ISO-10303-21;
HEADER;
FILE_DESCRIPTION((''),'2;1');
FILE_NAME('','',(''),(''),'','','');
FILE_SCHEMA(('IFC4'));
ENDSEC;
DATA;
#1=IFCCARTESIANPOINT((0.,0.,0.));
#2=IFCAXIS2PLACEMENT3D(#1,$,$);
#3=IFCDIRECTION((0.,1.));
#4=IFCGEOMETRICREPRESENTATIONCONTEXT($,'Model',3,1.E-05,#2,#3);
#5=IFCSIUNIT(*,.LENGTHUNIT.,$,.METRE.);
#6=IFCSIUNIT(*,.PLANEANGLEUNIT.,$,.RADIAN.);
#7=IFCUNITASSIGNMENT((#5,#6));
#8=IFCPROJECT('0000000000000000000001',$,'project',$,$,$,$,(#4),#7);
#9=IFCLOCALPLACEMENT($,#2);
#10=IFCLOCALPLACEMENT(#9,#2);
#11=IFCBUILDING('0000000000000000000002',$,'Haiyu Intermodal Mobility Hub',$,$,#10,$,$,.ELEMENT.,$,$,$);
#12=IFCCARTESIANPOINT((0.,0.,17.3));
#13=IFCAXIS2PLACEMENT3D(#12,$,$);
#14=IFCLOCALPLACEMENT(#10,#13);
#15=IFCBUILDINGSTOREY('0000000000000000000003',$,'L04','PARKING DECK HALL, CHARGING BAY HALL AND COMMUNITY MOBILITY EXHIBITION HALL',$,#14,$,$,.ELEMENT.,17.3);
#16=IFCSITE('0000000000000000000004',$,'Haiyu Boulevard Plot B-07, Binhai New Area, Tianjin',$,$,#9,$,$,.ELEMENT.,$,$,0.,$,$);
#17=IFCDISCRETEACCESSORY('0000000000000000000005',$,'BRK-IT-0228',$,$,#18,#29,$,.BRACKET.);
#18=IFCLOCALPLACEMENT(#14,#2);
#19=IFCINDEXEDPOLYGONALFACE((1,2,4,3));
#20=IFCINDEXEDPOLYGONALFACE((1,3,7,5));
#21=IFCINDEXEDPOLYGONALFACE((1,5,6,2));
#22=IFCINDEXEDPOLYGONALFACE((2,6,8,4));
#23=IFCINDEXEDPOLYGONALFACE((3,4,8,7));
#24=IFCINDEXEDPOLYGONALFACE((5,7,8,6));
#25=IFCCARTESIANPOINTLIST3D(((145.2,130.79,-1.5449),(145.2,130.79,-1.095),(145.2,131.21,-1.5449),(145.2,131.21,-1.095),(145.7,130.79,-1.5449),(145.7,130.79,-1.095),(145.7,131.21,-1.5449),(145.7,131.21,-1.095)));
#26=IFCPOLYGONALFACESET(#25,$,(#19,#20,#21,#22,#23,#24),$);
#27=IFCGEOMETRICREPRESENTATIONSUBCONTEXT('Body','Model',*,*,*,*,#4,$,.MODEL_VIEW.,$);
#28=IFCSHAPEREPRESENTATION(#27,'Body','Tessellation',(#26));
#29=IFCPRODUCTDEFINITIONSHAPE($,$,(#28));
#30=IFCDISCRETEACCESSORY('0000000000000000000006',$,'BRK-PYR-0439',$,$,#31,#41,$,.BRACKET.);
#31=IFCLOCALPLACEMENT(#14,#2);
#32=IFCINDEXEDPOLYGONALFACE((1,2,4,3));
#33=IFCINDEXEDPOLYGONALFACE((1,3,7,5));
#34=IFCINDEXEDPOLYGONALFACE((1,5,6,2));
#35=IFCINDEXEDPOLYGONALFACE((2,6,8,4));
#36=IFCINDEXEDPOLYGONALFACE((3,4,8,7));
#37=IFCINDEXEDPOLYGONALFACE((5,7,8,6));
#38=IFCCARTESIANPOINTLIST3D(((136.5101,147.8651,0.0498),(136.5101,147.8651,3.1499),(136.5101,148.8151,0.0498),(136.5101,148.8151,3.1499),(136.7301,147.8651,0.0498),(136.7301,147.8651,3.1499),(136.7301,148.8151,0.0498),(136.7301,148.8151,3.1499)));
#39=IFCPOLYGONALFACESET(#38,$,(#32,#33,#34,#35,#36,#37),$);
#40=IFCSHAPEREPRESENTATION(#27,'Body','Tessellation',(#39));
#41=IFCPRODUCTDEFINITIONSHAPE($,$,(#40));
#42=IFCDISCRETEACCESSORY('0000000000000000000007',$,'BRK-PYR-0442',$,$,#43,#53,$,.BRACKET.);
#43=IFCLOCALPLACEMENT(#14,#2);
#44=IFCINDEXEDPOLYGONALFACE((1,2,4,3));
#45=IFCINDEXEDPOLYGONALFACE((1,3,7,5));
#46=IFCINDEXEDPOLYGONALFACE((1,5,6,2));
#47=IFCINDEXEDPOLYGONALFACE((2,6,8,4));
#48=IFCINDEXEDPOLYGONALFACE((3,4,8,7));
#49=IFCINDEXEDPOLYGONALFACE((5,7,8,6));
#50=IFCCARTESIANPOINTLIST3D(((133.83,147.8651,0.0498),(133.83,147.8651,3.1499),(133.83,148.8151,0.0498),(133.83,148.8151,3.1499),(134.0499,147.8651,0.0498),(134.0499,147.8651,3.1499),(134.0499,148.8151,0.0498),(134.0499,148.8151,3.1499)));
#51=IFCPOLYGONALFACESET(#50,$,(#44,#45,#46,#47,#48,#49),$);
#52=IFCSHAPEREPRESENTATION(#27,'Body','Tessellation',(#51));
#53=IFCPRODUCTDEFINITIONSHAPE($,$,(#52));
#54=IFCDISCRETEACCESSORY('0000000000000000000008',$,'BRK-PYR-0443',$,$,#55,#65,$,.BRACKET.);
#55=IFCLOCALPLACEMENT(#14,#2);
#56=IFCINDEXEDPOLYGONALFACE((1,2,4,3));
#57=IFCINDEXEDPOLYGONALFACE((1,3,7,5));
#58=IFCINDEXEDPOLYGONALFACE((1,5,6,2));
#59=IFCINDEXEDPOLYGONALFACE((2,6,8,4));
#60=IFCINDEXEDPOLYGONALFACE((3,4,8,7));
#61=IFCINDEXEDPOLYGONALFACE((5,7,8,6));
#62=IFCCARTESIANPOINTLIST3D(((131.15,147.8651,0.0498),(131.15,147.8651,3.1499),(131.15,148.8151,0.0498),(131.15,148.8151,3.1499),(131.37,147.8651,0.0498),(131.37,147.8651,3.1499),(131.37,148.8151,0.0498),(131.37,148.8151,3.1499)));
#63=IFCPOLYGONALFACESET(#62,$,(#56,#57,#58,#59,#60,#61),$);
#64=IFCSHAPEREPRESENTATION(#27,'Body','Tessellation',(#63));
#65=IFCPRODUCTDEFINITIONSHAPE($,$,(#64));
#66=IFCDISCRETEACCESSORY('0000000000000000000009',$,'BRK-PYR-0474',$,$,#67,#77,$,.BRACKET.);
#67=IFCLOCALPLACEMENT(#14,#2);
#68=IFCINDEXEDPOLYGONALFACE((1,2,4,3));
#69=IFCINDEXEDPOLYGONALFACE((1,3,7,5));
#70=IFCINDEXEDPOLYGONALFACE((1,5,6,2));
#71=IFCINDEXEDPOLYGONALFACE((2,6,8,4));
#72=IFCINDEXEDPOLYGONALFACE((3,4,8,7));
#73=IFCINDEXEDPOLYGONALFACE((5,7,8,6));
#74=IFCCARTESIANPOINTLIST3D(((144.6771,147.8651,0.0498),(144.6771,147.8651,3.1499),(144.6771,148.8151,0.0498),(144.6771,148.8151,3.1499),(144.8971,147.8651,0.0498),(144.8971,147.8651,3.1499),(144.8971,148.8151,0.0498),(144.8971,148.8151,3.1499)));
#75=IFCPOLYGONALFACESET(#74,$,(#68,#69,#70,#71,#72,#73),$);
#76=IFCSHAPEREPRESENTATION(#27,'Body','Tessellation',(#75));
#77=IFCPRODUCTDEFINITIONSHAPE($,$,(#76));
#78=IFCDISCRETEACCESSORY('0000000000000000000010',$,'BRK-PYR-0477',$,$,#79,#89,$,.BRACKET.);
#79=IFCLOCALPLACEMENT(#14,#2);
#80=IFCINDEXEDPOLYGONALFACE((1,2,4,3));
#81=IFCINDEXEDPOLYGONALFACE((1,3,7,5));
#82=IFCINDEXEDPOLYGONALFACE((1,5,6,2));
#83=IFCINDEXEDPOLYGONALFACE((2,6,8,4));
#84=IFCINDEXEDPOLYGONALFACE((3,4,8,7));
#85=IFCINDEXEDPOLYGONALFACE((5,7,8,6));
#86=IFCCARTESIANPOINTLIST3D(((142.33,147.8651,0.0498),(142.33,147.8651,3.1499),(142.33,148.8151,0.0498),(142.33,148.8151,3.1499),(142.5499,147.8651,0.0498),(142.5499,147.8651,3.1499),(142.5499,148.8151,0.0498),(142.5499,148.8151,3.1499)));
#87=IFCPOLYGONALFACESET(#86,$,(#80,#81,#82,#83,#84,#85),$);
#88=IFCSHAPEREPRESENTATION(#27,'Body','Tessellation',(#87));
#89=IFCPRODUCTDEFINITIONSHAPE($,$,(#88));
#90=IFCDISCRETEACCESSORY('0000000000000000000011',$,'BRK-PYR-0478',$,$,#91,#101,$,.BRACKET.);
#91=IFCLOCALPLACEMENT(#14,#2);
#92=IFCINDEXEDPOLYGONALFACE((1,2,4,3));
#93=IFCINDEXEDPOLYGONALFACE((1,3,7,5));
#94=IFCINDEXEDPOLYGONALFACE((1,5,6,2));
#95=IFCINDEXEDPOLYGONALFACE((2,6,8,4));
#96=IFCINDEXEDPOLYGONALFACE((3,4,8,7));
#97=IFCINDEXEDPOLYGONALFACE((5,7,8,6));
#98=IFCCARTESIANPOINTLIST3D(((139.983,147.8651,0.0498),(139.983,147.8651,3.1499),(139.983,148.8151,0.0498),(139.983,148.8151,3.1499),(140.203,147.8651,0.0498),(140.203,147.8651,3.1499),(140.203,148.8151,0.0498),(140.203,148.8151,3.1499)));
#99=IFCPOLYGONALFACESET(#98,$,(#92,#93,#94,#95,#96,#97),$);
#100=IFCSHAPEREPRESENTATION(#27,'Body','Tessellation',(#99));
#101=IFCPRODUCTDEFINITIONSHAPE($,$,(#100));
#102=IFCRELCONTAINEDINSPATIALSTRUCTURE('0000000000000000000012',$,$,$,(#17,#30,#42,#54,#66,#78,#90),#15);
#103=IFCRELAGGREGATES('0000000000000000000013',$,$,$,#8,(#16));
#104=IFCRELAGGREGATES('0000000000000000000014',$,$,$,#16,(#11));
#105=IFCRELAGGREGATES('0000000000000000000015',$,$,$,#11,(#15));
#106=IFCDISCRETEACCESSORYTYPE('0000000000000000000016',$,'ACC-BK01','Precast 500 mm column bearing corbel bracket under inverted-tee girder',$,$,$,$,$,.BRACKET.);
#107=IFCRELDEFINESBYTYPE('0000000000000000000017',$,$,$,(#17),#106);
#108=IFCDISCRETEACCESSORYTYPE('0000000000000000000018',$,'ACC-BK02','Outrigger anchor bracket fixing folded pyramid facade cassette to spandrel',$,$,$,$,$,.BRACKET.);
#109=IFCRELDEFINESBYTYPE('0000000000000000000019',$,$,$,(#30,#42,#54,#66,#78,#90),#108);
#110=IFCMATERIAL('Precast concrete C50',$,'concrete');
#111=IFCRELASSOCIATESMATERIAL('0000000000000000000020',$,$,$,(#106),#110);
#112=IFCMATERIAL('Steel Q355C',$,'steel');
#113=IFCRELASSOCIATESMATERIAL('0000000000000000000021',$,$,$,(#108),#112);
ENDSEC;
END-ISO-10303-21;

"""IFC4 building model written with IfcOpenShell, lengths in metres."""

from ifc_helpers import new_model, si_unit, direction, frame, origin, origin_2d, place, context, subcontext, project, spatial, rectangle, extrude, material, type_object, element, save


model = new_model("IFC4")

# Units and contexts
model_context = context("Model", 3, precision=1e-05, world=origin(), true_north=direction((0.0, 1.0)))
body_context = subcontext(model_context, "Body", "Model", "MODEL_VIEW")
ifc_project = project(units=[si_unit("LENGTHUNIT", "METRE"), si_unit("PLANEANGLEUNIT", "RADIAN")], contexts=[model_context])

# Site, building, storey
site_placement = place(None, origin())
site = spatial("IfcSite", under=ifc_project, at=site_placement, Name="Haiyu Boulevard Plot B-07, Binhai New Area, Tianjin", CompositionType="ELEMENT", RefElevation=0.0)
building_placement = place(site_placement, origin())
building = spatial("IfcBuilding", under=site, at=building_placement, Name="Haiyu Intermodal Mobility Hub", CompositionType="ELEMENT")
storey_placement = place(building_placement, frame((0.0, 0.0, 17.3)))
storey = spatial("IfcBuildingStorey", under=building, at=storey_placement, Name="L04", Description="PARKING DECK HALL, CHARGING BAY HALL AND COMMUNITY MOBILITY EXHIBITION HALL", CompositionType="ELEMENT", Elevation=17.3)

# Shared definitions
ifc_material_1 = material(Name="Precast concrete C50", Category="concrete")

# Shared definitions
ifc_material_2 = material(Name="Steel Q355C", Category="steel")

# Discrete accessories
discrete_accessory_type_1 = type_object("IfcDiscreteAccessoryType", Name="ACC-BK01", Description="Precast 500 mm column bearing corbel bracket under inverted-tee girder", PredefinedType="BRACKET", material=ifc_material_1)
discrete_accessory_placement = place(storey_placement, frame((145.45, 131.0, -1.5449), z_axis=(0.0, 0.0, 1.0), x_axis=(1.0, 0.0, 0.0)))
element("IfcDiscreteAccessory", 1, at=discrete_accessory_placement, inside=storey, type_object=discrete_accessory_type_1, Name="BRK-IT-0228", PredefinedType="BRACKET", context=body_context, shape_type="SweptSolid", body=[
    extrude(rectangle(XDim=0.5, YDim=0.4199, at=origin_2d()), origin(), (0.0, 0.0, 1.0), 0.45),
])
discrete_accessory_type_2 = type_object("IfcDiscreteAccessoryType", Name="ACC-BK02", Description="Outrigger anchor bracket fixing folded pyramid facade cassette to spandrel", PredefinedType="BRACKET", material=ifc_material_2)
for number, where, z_axis, x_axis, name in (
    (2, (136.6201, 148.3401, 0.0498), (0.0, 0.0, 1.0), (1.0, 0.0, 0.0), "BRK-PYR-0439"),
    (3, (133.9399, 148.3401, 0.0498), (0.0, 0.0, 1.0), (1.0, 0.0, 0.0), "BRK-PYR-0442"),
    (4, (131.26, 148.3401, 0.0498), (0.0, 0.0, 1.0), (1.0, 0.0, 0.0), "BRK-PYR-0443"),
    (5, (144.7871, 148.3401, 0.0498), (0.0, 0.0, 1.0), (1.0, 0.0, 0.0), "BRK-PYR-0474"),
    (6, (142.4399, 148.3401, 0.0498), (0.0, 0.0, 1.0), (1.0, 0.0, 0.0), "BRK-PYR-0477"),
    (7, (140.093, 148.3401, 0.0498), (0.0, 0.0, 1.0), (1.0, 0.0, 0.0), "BRK-PYR-0478"),
):
    element("IfcDiscreteAccessory", number, at=place(storey_placement, frame(where, z_axis=z_axis, x_axis=x_axis)), inside=storey, type_object=discrete_accessory_type_2, Name=name, PredefinedType="BRACKET", context=body_context, shape_type="SweptSolid", body=[
        extrude(rectangle(XDim=0.22, YDim=0.95, at=origin_2d()), origin(), (0.0, 0.0, 1.0), 3.1001),
    ])

save(model, "model.ifc")
